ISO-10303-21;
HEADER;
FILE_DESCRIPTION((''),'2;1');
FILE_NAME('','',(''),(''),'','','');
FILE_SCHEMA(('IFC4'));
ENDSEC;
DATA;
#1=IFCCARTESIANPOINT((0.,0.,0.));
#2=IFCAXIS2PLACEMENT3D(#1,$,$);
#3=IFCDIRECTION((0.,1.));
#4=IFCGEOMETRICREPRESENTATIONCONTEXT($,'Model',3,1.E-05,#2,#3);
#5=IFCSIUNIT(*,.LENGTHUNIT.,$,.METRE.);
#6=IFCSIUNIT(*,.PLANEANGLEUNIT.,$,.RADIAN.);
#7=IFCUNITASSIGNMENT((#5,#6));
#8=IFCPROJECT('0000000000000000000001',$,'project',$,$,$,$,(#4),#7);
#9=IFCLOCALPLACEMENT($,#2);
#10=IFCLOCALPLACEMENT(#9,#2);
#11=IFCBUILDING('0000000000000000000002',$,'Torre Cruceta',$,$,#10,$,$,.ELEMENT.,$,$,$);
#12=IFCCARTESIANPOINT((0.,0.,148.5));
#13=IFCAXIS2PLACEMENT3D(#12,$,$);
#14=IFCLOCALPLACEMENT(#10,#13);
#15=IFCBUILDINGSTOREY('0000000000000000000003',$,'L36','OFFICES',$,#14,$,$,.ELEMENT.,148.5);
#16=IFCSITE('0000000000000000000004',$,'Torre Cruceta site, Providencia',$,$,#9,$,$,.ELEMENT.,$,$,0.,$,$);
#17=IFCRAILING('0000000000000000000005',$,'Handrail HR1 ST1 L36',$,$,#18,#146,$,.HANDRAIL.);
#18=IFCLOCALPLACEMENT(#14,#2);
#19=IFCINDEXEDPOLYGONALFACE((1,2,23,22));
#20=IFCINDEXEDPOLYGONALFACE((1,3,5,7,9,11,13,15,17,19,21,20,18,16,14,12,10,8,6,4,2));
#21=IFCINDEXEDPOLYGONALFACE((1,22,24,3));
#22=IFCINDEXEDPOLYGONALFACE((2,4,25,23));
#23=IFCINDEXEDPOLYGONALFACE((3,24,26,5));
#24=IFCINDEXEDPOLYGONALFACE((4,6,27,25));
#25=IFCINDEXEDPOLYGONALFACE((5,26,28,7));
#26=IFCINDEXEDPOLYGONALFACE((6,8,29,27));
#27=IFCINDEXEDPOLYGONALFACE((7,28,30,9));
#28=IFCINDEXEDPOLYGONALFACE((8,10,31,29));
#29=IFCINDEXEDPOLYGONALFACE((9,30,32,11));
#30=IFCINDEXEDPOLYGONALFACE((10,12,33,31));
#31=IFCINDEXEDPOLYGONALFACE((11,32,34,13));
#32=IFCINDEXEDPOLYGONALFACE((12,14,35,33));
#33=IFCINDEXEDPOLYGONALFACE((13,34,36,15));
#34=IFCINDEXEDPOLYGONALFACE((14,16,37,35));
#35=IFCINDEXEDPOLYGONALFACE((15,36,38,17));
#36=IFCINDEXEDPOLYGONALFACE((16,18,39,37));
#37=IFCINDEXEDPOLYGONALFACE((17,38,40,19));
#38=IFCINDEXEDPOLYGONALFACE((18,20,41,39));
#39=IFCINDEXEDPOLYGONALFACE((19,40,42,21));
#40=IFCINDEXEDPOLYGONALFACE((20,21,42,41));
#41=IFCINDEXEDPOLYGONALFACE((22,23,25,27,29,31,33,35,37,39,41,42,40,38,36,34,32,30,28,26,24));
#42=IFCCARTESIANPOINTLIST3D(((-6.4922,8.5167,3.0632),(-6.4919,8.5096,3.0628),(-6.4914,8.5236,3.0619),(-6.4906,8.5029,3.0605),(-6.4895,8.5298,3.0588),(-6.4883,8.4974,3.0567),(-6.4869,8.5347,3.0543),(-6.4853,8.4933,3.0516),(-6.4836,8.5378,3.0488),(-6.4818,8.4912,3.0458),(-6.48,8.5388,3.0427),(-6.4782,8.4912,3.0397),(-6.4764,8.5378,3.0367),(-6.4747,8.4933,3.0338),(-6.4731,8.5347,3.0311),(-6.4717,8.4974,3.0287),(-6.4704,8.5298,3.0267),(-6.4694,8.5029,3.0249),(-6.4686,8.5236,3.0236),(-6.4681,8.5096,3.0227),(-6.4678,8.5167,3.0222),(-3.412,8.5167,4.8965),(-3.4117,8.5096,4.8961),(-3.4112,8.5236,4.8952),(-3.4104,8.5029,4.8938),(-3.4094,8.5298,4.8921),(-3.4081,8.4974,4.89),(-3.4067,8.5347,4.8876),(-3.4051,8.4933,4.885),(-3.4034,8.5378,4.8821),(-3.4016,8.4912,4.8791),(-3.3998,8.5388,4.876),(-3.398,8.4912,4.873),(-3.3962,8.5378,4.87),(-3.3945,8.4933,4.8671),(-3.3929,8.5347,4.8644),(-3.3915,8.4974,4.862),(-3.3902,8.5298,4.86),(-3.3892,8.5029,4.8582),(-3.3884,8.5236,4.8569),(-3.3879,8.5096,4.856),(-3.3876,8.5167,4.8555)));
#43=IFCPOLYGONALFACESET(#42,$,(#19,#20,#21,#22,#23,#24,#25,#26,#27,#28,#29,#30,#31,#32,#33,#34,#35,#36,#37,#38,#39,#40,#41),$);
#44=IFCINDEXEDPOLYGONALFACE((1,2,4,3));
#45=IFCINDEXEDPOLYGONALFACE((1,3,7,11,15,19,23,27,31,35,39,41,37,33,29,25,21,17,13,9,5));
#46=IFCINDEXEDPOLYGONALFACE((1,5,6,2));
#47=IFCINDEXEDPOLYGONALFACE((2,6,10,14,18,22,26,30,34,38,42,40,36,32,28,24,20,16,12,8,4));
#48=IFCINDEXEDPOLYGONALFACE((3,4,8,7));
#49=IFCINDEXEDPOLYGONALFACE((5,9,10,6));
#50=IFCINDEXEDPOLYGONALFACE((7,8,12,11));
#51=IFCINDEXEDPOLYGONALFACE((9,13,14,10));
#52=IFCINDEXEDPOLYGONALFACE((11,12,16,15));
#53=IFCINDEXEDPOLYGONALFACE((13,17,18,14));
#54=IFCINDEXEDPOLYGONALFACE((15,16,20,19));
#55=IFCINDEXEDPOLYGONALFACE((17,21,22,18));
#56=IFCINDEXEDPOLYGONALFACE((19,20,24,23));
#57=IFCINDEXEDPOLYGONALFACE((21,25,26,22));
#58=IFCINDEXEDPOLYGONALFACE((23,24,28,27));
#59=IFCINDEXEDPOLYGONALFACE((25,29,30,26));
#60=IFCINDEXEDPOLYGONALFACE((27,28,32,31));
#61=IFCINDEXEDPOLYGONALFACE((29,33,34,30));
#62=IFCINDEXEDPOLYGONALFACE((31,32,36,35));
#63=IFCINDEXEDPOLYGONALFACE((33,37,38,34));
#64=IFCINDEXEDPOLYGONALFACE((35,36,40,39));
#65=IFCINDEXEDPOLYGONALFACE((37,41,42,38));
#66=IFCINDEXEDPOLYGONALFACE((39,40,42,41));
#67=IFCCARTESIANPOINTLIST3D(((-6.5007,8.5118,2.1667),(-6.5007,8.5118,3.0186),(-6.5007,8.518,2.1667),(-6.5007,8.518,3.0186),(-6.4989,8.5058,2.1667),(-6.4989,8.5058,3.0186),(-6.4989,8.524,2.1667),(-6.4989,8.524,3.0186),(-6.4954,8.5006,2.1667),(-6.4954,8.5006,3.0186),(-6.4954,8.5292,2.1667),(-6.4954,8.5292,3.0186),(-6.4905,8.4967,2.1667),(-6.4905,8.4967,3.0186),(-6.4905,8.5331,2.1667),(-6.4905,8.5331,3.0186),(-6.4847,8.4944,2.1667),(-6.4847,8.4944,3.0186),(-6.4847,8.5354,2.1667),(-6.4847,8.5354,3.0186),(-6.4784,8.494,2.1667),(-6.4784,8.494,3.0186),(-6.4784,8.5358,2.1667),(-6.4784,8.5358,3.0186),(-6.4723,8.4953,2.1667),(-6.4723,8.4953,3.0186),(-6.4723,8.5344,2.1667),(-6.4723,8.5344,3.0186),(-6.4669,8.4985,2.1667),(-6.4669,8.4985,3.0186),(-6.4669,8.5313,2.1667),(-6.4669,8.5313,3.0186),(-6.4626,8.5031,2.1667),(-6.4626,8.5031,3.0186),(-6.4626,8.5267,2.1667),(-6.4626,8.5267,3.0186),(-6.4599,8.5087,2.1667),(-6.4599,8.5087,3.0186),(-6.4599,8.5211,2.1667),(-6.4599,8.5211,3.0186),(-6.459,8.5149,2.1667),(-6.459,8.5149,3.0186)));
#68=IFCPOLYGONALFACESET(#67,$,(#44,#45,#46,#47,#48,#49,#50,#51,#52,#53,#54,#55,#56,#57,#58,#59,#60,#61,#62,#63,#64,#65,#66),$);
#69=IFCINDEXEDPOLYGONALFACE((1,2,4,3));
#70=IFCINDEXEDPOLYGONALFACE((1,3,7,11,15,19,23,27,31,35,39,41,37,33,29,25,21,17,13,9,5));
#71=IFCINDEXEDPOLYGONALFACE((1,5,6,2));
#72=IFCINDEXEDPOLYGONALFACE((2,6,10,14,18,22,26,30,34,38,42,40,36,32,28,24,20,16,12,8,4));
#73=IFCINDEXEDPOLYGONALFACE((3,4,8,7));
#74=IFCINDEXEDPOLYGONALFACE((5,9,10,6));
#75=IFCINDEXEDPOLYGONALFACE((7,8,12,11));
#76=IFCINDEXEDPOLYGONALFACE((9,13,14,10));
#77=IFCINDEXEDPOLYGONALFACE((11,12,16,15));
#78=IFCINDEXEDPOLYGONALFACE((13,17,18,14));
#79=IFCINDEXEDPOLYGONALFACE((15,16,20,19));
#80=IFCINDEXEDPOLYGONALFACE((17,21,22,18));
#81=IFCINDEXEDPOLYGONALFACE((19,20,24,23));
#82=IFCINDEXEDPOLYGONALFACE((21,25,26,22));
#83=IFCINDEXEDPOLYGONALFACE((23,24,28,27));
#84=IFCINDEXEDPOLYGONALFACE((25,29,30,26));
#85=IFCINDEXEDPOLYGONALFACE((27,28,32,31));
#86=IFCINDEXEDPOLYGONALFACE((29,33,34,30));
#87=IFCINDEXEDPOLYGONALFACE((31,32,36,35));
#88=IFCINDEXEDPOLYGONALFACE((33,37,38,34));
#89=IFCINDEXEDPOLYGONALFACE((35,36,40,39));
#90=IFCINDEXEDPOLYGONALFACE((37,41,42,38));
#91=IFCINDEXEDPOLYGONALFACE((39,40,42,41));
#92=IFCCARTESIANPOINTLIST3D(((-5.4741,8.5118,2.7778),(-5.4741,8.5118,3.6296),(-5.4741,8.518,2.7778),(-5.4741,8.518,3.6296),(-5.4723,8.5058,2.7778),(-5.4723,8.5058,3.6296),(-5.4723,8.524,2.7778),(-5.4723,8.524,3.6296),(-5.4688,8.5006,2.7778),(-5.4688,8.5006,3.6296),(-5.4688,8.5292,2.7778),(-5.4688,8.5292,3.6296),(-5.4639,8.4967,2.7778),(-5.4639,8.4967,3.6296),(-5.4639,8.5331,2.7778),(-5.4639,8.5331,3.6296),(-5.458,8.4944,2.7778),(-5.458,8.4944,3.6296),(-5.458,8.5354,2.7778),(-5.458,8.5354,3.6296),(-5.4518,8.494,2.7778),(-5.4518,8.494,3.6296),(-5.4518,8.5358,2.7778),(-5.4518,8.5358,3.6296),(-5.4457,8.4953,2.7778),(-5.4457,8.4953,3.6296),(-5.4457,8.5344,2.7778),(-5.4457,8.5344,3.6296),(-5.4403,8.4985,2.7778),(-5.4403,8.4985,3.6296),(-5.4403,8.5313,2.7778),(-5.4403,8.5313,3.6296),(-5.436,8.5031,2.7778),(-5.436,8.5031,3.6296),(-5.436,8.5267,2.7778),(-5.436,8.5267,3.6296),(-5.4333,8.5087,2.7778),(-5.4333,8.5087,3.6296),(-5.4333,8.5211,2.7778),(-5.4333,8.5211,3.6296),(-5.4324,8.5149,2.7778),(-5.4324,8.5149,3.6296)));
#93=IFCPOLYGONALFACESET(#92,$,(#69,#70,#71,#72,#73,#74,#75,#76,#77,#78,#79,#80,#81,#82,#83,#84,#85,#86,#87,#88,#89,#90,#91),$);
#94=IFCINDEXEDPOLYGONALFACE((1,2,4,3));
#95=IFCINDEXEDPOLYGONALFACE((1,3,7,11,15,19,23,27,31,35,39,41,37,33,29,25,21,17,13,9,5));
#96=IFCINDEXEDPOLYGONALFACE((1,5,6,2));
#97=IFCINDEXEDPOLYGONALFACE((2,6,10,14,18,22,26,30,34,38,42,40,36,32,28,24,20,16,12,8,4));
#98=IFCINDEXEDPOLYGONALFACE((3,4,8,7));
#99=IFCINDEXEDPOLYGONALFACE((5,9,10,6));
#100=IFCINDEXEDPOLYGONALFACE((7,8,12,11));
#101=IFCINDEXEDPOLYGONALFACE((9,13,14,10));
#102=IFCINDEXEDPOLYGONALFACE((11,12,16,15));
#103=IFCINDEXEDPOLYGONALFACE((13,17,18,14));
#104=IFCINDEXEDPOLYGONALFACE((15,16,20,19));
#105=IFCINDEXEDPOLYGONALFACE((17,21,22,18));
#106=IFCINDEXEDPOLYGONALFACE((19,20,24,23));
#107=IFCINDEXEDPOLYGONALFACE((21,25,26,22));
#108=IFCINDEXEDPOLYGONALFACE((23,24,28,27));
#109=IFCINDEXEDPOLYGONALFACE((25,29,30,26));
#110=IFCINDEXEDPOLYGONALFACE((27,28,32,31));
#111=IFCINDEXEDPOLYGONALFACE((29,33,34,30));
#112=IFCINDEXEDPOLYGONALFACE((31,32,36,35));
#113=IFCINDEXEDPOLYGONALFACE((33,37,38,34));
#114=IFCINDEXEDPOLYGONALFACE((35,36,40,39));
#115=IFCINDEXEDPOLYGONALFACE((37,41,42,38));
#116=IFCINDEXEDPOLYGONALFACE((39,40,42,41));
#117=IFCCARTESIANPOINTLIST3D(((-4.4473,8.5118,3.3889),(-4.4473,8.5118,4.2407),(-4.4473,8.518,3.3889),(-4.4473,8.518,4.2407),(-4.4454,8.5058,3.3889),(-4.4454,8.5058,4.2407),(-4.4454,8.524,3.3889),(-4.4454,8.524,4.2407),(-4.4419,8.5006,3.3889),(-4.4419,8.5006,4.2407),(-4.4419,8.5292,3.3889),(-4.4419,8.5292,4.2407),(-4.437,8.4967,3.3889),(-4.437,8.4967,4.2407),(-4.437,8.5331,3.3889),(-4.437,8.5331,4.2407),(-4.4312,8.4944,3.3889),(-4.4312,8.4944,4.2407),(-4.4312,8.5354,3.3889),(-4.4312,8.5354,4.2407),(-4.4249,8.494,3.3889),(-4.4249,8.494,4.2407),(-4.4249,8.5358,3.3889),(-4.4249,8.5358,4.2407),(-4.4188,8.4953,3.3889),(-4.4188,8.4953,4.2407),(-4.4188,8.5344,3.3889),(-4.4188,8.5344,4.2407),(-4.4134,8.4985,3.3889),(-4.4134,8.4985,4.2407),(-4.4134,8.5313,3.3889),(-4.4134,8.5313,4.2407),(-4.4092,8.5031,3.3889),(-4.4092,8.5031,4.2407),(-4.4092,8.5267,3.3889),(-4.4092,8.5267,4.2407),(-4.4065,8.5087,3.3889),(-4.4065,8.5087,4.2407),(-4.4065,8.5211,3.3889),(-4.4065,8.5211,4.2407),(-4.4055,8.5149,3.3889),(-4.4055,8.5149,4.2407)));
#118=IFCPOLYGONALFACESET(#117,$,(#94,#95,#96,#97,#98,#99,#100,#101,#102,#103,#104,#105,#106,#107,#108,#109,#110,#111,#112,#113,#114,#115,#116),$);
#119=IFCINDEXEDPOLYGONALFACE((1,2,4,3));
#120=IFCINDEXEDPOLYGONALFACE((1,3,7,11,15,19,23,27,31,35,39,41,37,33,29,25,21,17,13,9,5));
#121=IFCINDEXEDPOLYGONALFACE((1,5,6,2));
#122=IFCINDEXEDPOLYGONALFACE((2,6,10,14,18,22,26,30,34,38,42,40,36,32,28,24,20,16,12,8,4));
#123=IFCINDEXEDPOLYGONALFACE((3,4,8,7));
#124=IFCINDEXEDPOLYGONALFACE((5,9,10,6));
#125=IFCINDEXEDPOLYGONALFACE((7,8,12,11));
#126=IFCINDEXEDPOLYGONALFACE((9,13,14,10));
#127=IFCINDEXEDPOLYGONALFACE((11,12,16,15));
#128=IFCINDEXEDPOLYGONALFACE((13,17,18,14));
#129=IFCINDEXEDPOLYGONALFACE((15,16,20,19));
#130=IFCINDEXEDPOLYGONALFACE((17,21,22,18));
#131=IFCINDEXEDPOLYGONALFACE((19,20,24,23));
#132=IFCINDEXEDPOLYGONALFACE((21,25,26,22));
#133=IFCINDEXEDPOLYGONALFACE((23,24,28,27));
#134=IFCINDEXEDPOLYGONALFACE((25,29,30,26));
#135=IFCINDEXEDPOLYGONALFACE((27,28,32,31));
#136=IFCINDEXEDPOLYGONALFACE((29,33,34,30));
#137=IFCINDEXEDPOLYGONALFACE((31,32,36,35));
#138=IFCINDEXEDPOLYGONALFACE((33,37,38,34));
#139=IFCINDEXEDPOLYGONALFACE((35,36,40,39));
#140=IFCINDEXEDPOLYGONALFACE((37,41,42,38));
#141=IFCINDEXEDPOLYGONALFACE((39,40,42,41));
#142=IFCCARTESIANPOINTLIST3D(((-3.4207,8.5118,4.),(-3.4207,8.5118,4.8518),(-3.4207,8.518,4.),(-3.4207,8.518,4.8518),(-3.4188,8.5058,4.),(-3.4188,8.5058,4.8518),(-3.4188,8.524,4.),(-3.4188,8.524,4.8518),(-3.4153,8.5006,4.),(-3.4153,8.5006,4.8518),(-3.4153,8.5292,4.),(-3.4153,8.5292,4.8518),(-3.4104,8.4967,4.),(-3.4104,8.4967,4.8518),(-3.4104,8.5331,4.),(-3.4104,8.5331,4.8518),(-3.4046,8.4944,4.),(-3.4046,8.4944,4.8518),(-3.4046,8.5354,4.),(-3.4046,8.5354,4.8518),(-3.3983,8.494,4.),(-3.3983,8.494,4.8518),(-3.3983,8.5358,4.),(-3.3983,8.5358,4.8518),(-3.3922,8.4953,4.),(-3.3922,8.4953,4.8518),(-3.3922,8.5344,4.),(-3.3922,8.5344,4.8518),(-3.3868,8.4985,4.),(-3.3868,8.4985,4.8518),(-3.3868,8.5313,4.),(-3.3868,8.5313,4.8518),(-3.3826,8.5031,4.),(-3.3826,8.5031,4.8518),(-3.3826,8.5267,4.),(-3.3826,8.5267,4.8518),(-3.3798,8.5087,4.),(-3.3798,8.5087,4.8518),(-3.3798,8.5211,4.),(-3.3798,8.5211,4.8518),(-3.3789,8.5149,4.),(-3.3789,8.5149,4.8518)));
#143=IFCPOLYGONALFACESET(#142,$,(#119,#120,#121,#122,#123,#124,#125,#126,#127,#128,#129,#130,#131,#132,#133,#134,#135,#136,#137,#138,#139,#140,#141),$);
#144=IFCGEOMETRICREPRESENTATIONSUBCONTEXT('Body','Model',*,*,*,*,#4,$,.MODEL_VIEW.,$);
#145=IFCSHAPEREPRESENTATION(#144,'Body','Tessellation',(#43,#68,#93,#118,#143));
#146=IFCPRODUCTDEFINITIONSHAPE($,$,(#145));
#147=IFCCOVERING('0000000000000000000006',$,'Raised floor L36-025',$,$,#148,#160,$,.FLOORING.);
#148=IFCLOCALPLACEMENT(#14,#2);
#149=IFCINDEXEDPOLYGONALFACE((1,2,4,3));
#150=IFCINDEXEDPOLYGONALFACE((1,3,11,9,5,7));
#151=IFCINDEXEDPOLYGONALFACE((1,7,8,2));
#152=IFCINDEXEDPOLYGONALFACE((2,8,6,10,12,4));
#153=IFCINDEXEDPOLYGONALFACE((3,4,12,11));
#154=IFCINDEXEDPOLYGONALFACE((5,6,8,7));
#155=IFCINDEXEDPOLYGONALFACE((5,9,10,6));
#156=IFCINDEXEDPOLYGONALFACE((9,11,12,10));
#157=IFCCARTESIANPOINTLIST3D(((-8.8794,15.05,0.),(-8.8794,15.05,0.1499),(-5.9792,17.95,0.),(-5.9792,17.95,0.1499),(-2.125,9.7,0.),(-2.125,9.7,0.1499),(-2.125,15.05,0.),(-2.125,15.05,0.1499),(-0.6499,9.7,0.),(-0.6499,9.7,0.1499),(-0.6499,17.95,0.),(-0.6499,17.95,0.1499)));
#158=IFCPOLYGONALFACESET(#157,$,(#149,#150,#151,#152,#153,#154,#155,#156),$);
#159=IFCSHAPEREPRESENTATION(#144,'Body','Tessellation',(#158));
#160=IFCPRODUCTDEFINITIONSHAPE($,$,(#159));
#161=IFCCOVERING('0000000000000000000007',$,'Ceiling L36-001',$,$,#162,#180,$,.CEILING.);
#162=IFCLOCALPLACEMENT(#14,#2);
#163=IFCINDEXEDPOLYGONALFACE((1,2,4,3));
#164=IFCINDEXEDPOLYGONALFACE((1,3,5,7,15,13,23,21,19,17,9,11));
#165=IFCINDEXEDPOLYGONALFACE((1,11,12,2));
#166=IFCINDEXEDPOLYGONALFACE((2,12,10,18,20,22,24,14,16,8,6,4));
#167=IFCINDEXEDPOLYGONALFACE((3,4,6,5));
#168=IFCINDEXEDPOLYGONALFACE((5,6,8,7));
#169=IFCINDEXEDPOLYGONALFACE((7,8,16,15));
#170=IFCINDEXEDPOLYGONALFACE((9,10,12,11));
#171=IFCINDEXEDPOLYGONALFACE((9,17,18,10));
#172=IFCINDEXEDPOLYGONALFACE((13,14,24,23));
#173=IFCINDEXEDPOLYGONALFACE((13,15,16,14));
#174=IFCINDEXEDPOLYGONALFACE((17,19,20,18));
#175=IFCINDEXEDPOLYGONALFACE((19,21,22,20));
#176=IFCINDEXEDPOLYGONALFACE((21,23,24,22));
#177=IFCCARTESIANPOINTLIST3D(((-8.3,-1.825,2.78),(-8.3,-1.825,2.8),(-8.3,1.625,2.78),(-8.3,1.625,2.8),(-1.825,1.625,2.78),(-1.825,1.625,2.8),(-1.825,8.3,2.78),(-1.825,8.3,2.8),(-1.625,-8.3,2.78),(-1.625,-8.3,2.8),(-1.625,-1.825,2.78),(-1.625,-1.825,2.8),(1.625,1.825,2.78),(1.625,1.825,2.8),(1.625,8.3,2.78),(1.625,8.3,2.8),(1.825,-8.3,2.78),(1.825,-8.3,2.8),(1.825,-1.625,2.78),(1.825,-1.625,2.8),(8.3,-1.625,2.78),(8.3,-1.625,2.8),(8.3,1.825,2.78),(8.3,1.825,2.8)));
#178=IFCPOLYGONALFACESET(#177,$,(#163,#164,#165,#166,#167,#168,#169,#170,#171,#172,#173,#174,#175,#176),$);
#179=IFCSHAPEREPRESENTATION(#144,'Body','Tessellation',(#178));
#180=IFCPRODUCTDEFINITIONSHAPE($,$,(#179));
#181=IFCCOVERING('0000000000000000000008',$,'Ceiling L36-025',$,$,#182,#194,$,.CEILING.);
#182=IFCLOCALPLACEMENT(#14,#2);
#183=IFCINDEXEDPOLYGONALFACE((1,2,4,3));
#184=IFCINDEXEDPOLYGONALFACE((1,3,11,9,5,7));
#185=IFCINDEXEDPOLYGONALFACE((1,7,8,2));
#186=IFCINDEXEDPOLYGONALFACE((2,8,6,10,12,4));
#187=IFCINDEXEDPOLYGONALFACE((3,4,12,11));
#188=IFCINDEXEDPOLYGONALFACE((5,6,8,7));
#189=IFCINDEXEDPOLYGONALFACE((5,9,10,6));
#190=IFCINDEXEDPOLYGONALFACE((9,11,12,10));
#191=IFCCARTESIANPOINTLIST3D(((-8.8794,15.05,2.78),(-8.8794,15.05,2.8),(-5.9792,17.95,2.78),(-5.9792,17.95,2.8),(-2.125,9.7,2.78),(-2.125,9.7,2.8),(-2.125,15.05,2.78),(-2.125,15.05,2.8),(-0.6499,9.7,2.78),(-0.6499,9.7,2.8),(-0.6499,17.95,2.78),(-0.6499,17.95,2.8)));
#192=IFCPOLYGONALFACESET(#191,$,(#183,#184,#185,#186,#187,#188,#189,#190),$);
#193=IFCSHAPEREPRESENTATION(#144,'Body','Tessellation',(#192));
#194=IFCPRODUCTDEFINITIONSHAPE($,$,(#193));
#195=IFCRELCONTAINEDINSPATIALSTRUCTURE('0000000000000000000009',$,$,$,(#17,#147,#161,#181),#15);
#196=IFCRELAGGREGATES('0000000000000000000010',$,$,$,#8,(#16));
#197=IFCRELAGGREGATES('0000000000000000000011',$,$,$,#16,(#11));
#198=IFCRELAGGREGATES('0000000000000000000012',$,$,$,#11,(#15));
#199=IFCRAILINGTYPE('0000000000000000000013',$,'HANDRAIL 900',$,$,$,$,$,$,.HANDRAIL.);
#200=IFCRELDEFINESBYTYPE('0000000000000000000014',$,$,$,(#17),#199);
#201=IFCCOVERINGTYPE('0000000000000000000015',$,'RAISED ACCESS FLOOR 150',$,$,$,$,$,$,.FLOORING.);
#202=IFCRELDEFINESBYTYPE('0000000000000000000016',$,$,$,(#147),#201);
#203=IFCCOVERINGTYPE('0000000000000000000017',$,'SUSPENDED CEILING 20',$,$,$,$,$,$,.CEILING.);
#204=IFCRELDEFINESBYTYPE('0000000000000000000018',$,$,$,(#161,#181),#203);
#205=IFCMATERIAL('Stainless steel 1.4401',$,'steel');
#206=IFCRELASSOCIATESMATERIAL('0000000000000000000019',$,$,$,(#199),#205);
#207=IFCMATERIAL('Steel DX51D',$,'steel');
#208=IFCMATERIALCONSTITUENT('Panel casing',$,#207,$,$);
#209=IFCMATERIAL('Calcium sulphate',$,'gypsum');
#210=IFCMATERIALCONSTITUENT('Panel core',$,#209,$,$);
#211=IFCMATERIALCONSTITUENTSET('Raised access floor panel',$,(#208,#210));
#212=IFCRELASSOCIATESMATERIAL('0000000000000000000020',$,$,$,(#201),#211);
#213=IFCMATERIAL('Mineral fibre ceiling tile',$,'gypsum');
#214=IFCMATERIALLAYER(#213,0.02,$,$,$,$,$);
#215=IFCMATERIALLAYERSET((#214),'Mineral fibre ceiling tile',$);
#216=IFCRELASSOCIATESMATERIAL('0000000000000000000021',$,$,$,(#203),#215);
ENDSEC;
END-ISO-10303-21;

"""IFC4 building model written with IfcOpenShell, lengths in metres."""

from ifc_helpers import new_model, si_unit, direction, frame, origin, origin_2d, place, context, subcontext, project, spatial, polyline, circle, outline, extrude, material, layer, layer_set, constituent, constituent_set, type_object, element, save


model = new_model("IFC4")

# Units and contexts
model_context = context("Model", 3, precision=1e-05, world=origin(), true_north=direction((0.0, 1.0)))
body_context = subcontext(model_context, "Body", "Model", "MODEL_VIEW")
ifc_project = project(units=[si_unit("LENGTHUNIT", "METRE"), si_unit("PLANEANGLEUNIT", "RADIAN")], contexts=[model_context])

# Site, building, storey
site_placement = place(None, origin())
site = spatial("IfcSite", under=ifc_project, at=site_placement, Name="Torre Cruceta site, Providencia", CompositionType="ELEMENT", RefElevation=0.0)
building_placement = place(site_placement, origin())
building = spatial("IfcBuilding", under=site, at=building_placement, Name="Torre Cruceta", CompositionType="ELEMENT")
storey_placement = place(building_placement, frame((0.0, 0.0, 148.5)))
storey = spatial("IfcBuildingStorey", under=building, at=storey_placement, Name="L36", Description="OFFICES", CompositionType="ELEMENT", Elevation=148.5)

# Railing
ifc_material_1 = material(Name="Stainless steel 1.4401", Category="steel")
railing_type = type_object("IfcRailingType", Name="HANDRAIL 900", PredefinedType="HANDRAIL", material=ifc_material_1)
railing_1_placement = place(storey_placement, frame((-6.48, 8.5149, 2.1667)))
element("IfcRailing", 1, at=railing_1_placement, inside=storey, type_object=railing_type, Name="Handrail HR1 ST1 L36", PredefinedType="HANDRAIL", context=body_context, shape_type="SweptSolid", body=[
    extrude(circle(Radius=0.0239, at=origin_2d()), frame((0.0, 0.0, 0.876), z_axis=(0.859309, 0.0, 0.511458), x_axis=(0.0, 1.0, 0.0)), (0.0, 0.0, 1.0), 3.5845),
    extrude(circle(Radius=0.021, at=origin_2d()), origin(), (0.0, 0.0, 1.0), 0.8518),
    extrude(circle(Radius=0.021, at=origin_2d()), frame((1.0266, 0.0, 0.6111)), (0.0, 0.0, 1.0), 0.8518),
    extrude(circle(Radius=0.021, at=origin_2d()), frame((2.0535, 0.0, 1.2222)), (0.0, 0.0, 1.0), 0.8518),
    extrude(circle(Radius=0.021, at=origin_2d()), frame((3.0801, 0.0, 1.8333)), (0.0, 0.0, 1.0), 0.8518),
])

# Coverings
ifc_material_2 = material(Name="Steel DX51D", Category="steel")
ifc_constituent_1 = constituent(ifc_material_2, Name="Panel casing")
ifc_material_3 = material(Name="Calcium sulphate", Category="gypsum")
ifc_constituent_2 = constituent(ifc_material_3, Name="Panel core")
ifc_constituent_set_1 = constituent_set(constituents=[ifc_constituent_1, ifc_constituent_2], Name="Raised access floor panel")
covering_type_1 = type_object("IfcCoveringType", Name="RAISED ACCESS FLOOR 150", PredefinedType="FLOORING", material=ifc_constituent_set_1)
covering_1_placement = place(storey_placement, origin())
element("IfcCovering", 2, at=covering_1_placement, inside=storey, type_object=covering_type_1, Name="Raised floor L36-025", PredefinedType="FLOORING", context=body_context, shape_type="SweptSolid", body=[
    extrude(outline(polyline([(-0.6499, 17.95), (-0.6499, 9.7), (-2.125, 9.7), (-2.125, 15.05), (-8.8794, 15.05), (-5.9792, 17.95), (-0.6499, 17.95)])), origin(), (0.0, 0.0, 1.0), 0.1499),
])
ifc_material_4 = material(Name="Mineral fibre ceiling tile", Category="gypsum")
ifc_layer_1 = layer(ifc_material_4, 0.02)
ifc_layer_set_1 = layer_set([ifc_layer_1], Name="Mineral fibre ceiling tile")
covering_type_2 = type_object("IfcCoveringType", Name="SUSPENDED CEILING 20", PredefinedType="CEILING", material=ifc_layer_set_1)
covering_2_placement = place(storey_placement, frame((0.0, 0.0, 2.78)))
element("IfcCovering", 3, at=covering_2_placement, inside=storey, type_object=covering_type_2, Name="Ceiling L36-001", PredefinedType="CEILING", context=body_context, shape_type="SweptSolid", body=[
    extrude(outline(polyline([(-1.625, -8.3), (-1.625, -1.825), (-8.3, -1.825), (-8.3, 1.625), (-1.825, 1.625), (-1.825, 8.3), (1.625, 8.3), (1.625, 1.825), (8.3, 1.825), (8.3, -1.625), (1.825, -1.625), (1.825, -8.3), (-1.625, -8.3)])), origin(), (0.0, 0.0, 1.0), 0.02),
])
covering_3_placement = place(storey_placement, frame((0.0, 0.0, 2.78)))
element("IfcCovering", 4, at=covering_3_placement, inside=storey, type_object=covering_type_2, Name="Ceiling L36-025", PredefinedType="CEILING", context=body_context, shape_type="SweptSolid", body=[
    extrude(outline(polyline([(-0.6499, 17.95), (-0.6499, 9.7), (-2.125, 9.7), (-2.125, 15.05), (-8.8794, 15.05), (-5.9792, 17.95), (-0.6499, 17.95)])), origin(), (0.0, 0.0, 1.0), 0.02),
])

save(model, "model.ifc")
